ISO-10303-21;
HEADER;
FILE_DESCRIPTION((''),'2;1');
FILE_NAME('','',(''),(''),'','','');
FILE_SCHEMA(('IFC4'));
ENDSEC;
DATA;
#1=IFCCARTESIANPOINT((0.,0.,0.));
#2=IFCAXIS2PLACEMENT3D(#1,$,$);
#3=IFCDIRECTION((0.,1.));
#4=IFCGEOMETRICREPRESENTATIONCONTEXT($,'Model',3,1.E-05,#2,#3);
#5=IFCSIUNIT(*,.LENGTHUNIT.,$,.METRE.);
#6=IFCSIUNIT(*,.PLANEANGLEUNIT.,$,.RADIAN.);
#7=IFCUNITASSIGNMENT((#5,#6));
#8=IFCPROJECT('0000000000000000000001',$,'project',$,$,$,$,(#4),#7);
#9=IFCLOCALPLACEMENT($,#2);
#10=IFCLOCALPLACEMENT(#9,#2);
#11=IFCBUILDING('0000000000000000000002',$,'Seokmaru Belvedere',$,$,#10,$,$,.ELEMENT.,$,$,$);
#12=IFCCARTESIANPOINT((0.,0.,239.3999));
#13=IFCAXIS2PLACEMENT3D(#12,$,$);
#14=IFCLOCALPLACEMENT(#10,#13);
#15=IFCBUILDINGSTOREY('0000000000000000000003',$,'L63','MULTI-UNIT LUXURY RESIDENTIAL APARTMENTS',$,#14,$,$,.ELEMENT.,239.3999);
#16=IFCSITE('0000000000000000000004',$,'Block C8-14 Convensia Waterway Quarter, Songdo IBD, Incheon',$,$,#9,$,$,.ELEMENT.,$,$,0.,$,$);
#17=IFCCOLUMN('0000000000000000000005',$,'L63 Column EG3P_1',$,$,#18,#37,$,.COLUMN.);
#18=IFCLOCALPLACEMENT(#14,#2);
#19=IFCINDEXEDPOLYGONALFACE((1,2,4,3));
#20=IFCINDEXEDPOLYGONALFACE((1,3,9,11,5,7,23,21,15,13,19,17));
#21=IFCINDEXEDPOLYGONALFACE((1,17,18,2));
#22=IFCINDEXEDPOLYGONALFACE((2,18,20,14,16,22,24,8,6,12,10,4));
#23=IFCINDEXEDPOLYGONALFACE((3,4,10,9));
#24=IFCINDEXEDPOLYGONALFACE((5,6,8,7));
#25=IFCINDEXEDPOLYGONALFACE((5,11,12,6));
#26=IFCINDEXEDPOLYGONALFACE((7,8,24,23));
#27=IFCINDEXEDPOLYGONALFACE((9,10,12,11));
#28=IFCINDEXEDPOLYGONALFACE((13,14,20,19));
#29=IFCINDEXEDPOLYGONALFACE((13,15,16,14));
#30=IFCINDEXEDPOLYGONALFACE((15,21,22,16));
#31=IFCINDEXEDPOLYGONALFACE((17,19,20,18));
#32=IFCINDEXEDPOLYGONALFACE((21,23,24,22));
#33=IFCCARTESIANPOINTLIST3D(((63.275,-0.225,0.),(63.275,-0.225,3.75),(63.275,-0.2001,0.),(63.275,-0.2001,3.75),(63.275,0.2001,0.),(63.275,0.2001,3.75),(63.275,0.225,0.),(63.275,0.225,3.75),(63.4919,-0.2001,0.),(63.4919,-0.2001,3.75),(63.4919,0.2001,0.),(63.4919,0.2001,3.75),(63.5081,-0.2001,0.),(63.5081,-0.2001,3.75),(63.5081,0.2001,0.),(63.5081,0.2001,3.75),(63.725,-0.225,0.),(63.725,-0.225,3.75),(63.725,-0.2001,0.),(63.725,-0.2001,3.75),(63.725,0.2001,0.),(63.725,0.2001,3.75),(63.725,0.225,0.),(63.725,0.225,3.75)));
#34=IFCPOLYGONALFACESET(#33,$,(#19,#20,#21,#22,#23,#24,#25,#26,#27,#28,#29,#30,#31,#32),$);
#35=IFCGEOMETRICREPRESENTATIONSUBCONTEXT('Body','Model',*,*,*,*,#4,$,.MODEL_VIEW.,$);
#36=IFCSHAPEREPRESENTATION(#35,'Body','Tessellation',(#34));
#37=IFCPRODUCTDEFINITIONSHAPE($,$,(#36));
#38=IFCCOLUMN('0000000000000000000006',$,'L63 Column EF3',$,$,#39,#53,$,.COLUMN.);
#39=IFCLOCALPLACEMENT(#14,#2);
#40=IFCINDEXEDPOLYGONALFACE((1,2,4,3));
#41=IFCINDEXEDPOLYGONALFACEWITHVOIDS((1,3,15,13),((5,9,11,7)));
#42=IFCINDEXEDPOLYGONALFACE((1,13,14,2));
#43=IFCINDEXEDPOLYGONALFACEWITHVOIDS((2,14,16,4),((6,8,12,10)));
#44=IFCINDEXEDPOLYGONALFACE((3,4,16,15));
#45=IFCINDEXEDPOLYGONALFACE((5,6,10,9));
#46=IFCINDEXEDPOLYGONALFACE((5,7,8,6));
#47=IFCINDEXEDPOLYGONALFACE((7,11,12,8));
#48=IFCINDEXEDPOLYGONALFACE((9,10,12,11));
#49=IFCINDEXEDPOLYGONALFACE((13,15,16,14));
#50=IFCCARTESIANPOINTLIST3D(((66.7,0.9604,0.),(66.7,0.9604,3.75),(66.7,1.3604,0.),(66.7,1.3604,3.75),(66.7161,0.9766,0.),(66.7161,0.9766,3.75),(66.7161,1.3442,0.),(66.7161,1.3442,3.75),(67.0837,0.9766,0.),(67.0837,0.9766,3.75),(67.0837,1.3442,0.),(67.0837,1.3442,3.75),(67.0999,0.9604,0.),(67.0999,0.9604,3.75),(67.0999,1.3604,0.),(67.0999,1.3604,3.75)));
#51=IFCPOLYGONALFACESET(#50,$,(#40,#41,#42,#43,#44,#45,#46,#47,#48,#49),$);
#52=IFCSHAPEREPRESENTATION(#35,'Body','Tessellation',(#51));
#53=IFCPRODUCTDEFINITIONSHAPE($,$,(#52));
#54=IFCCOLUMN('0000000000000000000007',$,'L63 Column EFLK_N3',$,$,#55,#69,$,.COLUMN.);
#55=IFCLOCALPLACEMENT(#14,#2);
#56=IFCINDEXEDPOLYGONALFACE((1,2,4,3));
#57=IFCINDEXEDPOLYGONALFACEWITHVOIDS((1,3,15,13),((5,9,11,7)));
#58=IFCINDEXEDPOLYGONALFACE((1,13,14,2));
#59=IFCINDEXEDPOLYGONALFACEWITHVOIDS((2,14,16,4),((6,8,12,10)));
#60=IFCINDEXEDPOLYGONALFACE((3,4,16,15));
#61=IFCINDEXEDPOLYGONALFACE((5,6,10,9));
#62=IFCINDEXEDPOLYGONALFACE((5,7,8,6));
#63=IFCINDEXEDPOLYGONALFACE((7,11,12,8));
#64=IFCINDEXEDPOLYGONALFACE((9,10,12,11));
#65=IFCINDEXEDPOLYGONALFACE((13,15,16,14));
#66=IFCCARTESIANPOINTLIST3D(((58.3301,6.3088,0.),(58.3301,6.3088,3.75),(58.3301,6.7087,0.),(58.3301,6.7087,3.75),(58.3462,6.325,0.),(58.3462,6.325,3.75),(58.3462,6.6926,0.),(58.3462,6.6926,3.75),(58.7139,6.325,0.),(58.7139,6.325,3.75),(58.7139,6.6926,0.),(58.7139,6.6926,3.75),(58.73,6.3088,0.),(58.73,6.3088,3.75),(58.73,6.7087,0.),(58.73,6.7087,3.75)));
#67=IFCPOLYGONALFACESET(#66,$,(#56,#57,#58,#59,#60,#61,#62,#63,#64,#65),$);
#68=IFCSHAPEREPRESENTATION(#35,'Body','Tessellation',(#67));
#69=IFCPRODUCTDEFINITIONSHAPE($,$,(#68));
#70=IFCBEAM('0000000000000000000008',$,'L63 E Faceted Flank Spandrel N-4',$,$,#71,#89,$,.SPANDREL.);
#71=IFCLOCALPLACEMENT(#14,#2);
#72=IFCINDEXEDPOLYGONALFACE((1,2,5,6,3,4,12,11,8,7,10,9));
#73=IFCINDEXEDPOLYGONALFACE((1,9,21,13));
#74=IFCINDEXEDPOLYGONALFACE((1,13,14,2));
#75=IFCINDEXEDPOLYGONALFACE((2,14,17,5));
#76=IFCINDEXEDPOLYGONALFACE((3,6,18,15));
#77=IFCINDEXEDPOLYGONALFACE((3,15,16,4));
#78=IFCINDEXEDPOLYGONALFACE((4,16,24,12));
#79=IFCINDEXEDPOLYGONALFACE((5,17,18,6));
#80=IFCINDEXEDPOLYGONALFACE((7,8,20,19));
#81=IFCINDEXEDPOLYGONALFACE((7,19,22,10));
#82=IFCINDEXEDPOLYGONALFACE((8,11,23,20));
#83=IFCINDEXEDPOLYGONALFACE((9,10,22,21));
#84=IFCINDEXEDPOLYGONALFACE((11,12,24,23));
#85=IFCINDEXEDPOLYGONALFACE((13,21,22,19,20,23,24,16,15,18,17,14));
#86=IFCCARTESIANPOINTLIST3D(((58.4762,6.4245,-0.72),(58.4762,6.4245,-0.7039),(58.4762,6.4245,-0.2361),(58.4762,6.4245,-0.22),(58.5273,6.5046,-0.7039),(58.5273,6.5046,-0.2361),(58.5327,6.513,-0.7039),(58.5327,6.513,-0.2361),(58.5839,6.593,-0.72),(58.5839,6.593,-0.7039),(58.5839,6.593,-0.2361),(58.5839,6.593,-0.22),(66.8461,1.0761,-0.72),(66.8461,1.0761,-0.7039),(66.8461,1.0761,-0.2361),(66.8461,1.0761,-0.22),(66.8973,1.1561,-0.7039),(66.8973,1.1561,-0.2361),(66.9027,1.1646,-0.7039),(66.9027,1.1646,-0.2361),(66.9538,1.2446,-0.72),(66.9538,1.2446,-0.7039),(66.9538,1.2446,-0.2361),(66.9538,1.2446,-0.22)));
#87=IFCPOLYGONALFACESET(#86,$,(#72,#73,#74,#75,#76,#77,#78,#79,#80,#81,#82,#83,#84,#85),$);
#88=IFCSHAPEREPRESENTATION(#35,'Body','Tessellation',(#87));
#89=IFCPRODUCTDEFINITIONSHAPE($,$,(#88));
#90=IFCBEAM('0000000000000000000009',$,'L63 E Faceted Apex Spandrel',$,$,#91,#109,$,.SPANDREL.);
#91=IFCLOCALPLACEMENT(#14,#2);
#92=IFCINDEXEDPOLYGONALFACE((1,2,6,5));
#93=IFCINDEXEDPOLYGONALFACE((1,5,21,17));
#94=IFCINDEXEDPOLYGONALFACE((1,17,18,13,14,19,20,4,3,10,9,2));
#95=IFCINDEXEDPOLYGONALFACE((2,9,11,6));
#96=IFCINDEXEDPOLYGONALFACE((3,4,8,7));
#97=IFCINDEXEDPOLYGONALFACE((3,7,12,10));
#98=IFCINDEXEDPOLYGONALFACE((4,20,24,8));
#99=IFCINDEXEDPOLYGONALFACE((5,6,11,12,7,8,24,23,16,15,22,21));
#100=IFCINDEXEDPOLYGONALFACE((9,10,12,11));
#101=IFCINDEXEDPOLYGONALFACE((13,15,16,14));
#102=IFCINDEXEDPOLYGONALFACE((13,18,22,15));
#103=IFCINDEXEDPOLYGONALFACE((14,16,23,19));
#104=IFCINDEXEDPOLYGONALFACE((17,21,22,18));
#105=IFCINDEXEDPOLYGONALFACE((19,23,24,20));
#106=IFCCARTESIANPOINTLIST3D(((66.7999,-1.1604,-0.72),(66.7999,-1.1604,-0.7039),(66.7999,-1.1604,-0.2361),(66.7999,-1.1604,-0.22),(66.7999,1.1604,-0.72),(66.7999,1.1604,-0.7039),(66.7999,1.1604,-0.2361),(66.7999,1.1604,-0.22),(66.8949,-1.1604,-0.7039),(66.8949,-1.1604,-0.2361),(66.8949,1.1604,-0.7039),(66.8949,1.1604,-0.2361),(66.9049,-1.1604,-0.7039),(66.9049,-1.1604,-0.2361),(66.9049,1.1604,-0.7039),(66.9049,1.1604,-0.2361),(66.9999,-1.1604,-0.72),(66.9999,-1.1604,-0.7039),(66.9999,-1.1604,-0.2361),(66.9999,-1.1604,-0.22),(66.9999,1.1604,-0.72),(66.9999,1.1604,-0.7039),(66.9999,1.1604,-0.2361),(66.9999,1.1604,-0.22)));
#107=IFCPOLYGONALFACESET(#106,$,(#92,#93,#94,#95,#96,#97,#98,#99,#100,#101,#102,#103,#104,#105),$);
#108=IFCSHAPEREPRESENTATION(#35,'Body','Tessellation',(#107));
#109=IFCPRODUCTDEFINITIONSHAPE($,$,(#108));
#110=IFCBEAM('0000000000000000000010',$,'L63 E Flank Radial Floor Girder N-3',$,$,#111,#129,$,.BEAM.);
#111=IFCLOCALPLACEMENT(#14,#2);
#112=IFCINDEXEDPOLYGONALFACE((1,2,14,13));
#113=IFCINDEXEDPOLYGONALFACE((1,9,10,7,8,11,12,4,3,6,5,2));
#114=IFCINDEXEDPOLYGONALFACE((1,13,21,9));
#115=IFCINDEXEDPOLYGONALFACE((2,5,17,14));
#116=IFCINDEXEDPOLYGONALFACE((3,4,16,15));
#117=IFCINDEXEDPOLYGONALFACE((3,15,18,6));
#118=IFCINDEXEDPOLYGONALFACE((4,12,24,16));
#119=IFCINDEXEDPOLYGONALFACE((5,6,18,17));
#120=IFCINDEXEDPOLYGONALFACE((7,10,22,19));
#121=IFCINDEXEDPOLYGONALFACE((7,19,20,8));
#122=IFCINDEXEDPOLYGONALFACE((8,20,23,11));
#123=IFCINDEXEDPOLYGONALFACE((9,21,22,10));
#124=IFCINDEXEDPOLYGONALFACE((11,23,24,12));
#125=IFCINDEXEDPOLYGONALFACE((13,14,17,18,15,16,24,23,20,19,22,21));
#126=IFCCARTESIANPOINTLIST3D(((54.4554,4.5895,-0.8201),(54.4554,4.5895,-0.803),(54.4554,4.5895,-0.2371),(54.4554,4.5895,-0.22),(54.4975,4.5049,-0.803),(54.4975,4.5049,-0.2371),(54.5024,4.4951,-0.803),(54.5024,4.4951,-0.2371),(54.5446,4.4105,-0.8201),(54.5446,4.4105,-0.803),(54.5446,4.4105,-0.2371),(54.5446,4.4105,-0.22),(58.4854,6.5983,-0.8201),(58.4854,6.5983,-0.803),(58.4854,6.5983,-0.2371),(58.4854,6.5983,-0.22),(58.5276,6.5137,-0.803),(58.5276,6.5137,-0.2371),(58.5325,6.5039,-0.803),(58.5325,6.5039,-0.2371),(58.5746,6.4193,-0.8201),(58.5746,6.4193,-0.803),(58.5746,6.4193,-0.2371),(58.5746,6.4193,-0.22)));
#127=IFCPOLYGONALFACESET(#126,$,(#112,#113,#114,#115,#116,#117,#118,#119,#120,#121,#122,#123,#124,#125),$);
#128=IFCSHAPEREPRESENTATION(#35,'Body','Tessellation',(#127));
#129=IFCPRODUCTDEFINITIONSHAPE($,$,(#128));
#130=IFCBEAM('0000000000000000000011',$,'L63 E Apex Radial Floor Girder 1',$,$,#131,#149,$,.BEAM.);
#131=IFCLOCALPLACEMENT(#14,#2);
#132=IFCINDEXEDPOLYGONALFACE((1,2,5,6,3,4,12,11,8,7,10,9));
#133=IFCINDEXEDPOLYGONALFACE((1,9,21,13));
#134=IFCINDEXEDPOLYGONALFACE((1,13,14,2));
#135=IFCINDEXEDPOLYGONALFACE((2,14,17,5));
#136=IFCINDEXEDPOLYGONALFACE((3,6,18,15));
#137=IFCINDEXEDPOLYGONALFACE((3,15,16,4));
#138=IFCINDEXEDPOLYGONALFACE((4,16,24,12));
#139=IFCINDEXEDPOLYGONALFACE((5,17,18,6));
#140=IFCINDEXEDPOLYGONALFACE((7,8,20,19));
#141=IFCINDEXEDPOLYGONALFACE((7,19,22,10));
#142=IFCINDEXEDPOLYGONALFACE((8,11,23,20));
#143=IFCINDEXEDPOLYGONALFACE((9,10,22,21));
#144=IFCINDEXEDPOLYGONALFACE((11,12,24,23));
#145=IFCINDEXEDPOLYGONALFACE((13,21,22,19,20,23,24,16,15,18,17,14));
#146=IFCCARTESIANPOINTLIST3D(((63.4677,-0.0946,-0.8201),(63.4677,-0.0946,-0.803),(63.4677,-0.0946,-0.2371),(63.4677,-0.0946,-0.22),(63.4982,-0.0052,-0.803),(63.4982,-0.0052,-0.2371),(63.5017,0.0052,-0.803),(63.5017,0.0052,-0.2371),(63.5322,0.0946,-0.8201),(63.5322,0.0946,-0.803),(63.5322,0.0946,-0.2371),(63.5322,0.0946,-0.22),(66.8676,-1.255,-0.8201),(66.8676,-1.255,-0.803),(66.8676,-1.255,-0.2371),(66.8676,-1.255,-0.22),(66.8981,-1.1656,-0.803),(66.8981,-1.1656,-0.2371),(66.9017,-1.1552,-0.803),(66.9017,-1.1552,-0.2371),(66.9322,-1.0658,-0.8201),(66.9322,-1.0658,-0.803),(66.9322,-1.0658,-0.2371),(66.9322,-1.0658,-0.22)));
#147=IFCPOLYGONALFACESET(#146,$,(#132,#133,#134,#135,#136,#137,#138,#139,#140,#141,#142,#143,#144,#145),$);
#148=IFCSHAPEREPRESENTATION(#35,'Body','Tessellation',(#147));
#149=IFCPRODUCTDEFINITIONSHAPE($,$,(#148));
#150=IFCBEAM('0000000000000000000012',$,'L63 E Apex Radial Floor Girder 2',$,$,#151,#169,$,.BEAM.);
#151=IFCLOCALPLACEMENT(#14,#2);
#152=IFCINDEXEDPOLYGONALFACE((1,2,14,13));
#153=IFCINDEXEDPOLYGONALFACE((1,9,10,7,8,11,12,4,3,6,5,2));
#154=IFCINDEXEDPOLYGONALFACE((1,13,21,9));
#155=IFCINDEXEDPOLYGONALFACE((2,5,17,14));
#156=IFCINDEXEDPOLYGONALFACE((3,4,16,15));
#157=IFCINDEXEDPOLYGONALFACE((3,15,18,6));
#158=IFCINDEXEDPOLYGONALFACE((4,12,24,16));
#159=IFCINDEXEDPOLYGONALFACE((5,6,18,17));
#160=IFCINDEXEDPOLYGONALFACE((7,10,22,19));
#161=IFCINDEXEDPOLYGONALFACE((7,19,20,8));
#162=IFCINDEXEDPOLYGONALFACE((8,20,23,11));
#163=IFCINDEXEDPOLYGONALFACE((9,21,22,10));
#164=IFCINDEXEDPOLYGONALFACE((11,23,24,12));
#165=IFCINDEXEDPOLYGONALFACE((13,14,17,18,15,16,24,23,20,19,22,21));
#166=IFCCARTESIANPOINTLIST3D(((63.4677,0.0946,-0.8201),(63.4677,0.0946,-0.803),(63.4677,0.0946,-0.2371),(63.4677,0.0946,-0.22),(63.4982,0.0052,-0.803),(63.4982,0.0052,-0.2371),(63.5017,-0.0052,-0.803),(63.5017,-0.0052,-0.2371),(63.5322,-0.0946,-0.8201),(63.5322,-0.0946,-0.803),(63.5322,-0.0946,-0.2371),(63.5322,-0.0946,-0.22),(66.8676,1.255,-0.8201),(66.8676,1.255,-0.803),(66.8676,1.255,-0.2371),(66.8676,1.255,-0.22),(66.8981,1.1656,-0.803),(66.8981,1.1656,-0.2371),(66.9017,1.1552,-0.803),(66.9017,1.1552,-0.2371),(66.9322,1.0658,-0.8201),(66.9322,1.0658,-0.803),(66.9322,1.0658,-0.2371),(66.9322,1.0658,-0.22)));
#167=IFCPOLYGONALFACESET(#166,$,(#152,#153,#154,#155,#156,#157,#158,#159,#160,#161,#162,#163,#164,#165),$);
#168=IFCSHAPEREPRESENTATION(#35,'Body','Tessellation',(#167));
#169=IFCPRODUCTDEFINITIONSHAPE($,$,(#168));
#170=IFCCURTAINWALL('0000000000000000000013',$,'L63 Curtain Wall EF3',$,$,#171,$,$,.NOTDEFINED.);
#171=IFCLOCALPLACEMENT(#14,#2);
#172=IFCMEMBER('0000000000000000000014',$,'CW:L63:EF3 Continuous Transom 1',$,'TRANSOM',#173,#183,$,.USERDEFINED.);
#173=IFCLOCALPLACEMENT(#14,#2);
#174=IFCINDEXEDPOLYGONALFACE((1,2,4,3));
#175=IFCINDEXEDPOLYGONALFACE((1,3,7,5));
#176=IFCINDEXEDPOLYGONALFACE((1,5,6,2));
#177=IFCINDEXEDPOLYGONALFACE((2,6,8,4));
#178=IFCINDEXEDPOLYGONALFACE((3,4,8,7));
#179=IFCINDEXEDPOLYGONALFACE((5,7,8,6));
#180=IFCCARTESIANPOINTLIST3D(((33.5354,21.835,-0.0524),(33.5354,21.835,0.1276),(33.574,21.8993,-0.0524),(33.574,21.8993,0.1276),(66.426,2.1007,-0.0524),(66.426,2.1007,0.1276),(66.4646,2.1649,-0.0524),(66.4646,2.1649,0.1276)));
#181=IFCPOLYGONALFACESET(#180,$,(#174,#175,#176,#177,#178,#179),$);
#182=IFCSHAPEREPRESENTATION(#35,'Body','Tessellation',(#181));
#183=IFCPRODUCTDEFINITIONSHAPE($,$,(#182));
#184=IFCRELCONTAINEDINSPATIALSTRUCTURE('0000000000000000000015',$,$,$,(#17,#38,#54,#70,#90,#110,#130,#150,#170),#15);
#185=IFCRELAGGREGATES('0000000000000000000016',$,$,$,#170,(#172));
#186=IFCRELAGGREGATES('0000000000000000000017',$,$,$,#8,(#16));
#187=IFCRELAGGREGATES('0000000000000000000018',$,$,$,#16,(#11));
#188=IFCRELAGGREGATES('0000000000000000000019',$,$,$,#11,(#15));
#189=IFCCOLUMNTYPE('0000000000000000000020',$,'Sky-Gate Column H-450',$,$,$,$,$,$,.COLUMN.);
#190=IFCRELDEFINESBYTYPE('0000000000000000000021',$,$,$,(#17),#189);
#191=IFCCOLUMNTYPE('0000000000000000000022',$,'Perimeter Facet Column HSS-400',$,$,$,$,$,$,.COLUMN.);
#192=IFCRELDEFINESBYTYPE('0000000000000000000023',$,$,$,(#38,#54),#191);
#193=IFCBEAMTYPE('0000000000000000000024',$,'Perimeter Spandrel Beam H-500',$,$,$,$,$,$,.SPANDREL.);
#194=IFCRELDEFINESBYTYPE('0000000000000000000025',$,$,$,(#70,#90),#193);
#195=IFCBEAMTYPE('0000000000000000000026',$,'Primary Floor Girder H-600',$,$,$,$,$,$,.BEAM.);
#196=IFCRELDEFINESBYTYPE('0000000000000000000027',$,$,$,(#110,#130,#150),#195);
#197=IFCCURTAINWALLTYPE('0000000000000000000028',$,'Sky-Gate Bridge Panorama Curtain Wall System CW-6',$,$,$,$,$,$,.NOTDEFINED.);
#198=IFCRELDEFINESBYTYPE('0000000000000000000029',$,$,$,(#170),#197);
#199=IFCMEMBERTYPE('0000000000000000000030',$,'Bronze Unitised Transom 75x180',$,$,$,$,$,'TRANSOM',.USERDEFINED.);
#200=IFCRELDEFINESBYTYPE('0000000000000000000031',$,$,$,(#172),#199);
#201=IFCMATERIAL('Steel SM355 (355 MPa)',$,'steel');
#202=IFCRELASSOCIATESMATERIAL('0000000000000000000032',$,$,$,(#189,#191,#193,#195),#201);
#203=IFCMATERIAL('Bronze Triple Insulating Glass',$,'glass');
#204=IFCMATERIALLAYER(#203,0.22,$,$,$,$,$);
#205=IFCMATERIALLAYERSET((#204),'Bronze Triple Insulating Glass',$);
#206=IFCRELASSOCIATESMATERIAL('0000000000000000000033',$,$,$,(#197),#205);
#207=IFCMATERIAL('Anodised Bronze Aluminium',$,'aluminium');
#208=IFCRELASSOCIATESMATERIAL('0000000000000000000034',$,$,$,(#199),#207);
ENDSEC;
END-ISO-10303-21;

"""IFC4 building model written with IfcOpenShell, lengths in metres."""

from ifc_helpers import new_model, si_unit, direction, frame, origin, origin_2d, place, context, subcontext, project, spatial, rectangle, hollow_rectangle, i_section, extrude, source, transform, mapped, material, layer, layer_set, material_profile, profile_set, type_object, type_shapes, element, aggregate, save


model = new_model("IFC4")

# Units and contexts
model_context = context("Model", 3, precision=1e-05, world=origin(), true_north=direction((0.0, 1.0)))
body_context = subcontext(model_context, "Body", "Model", "MODEL_VIEW")
ifc_project = project(units=[si_unit("LENGTHUNIT", "METRE"), si_unit("PLANEANGLEUNIT", "RADIAN")], contexts=[model_context])

# Site, building, storey
site_placement = place(None, origin())
site = spatial("IfcSite", under=ifc_project, at=site_placement, Name="Block C8-14 Convensia Waterway Quarter, Songdo IBD, Incheon", CompositionType="ELEMENT", RefElevation=0.0)
building_placement = place(site_placement, origin())
building = spatial("IfcBuilding", under=site, at=building_placement, Name="Seokmaru Belvedere", CompositionType="ELEMENT")
storey_placement = place(building_placement, frame((0.0, 0.0, 239.3999)))
storey = spatial("IfcBuildingStorey", under=building, at=storey_placement, Name="L63", Description="MULTI-UNIT LUXURY RESIDENTIAL APARTMENTS", CompositionType="ELEMENT", Elevation=239.3999)

# Columns
ifc_material_1 = material(Name="Steel SM355 (355 MPa)", Category="steel")
ifc_material_profile_1 = material_profile(ifc_material_1, i_section(OverallWidth=0.45, OverallDepth=0.45, WebThickness=0.0161, FlangeThickness=0.0249, at=origin_2d()), Name="H-450x450x16x25")
ifc_profile_set_1 = profile_set([ifc_material_profile_1], Name="Steel SM355 (355 MPa)")
column_type_1 = type_object("IfcColumnType", Name="Sky-Gate Column H-450", PredefinedType="COLUMN", material=ifc_profile_set_1)
shared_shape_1 = source(origin(), body_context, "Body", "SweptSolid", [
    extrude(i_section(OverallWidth=0.45, OverallDepth=0.45, WebThickness=0.0161, FlangeThickness=0.0249, at=origin_2d()), origin(), (0.0, 0.0, 1.0), 3.75),
])
type_shapes(column_type_1, [shared_shape_1])
column_placement = place(storey_placement, frame((63.5, 0.0, 0.0), z_axis=(0.0, 0.0, 1.0), x_axis=(1.0, 0.0, 0.0)))
element("IfcColumn", 1, at=column_placement, inside=storey, type_object=column_type_1, Name="L63 Column EG3P_1", PredefinedType="COLUMN", context=body_context, shape_type="MappedRepresentation", body=[
    mapped(shared_shape_1, transform((0.0, 0.0, 0.0), scale=1.0)),
])
ifc_material_profile_2 = material_profile(ifc_material_1, hollow_rectangle(XDim=0.3999, YDim=0.3999, WallThickness=0.0161, at=origin_2d()), Name="HSS-400x400x16")
ifc_profile_set_2 = profile_set([ifc_material_profile_2], Name="Steel SM355 (355 MPa)")
column_type_2 = type_object("IfcColumnType", Name="Perimeter Facet Column HSS-400", PredefinedType="COLUMN", material=ifc_profile_set_2)
shared_shape_2 = source(origin(), body_context, "Body", "SweptSolid", [
    extrude(hollow_rectangle(XDim=0.3999, YDim=0.3999, WallThickness=0.0161, at=origin_2d()), origin(), (0.0, 0.0, 1.0), 3.75),
])
type_shapes(column_type_2, [shared_shape_2])
for number, where, z_axis, x_axis, name in (
    (2, (66.8999, 1.1604, 0.0), (0.0, 0.0, 1.0), (1.0, 0.0, 0.0), "L63 Column EF3"),
    (3, (58.53, 6.5088, 0.0), (0.0, 0.0, 1.0), (1.0, 0.0, 0.0), "L63 Column EFLK_N3"),
):
    element("IfcColumn", number, at=place(storey_placement, frame(where, z_axis=z_axis, x_axis=x_axis)), inside=storey, type_object=column_type_2, Name=name, PredefinedType="COLUMN", context=body_context, shape_type="MappedRepresentation", body=[
        mapped(shared_shape_2, transform((0.0, 0.0, 0.0), scale=1.0)),
    ])

# Beams
ifc_material_profile_3 = material_profile(ifc_material_1, i_section(OverallWidth=0.2, OverallDepth=0.5, WebThickness=0.01, FlangeThickness=0.0161, at=origin_2d()), Name="H-500x200x10x16")
ifc_profile_set_3 = profile_set([ifc_material_profile_3], Name="Steel SM355 (355 MPa)")
beam_type_1 = type_object("IfcBeamType", Name="Perimeter Spandrel Beam H-500", PredefinedType="SPANDREL", material=ifc_profile_set_3)
shared_shape_3 = source(origin(), body_context, "Body", "SweptSolid", [
    extrude(i_section(OverallWidth=0.2, OverallDepth=0.5, WebThickness=0.01, FlangeThickness=0.0161, at=origin_2d()), origin(), (0.0, 0.0, 1.0), 9.9329),
])
beam_1_placement = place(storey_placement, frame((58.53, 6.5088, -0.47), z_axis=(0.842652, -0.538459, 0.0), x_axis=(0.538459, 0.842652, 0.0)))
element("IfcBeam", 4, at=beam_1_placement, inside=storey, type_object=beam_type_1, Name="L63 E Faceted Flank Spandrel N-4", PredefinedType="SPANDREL", context=body_context, shape_type="MappedRepresentation", body=[
    mapped(shared_shape_3, transform((0.0, 0.0, 0.0), scale=1.0)),
])
shared_shape_4 = source(origin(), body_context, "Body", "SweptSolid", [
    extrude(i_section(OverallWidth=0.2, OverallDepth=0.5, WebThickness=0.01, FlangeThickness=0.0161, at=origin_2d()), origin(), (0.0, 0.0, 1.0), 2.3208),
])
type_shapes(beam_type_1, [shared_shape_3, shared_shape_4])
beam_2_placement = place(storey_placement, frame((66.8999, -1.1604, -0.47), z_axis=(0.0, 1.0, 0.0), x_axis=(-1.0, 0.0, 0.0)))
element("IfcBeam", 5, at=beam_2_placement, inside=storey, type_object=beam_type_1, Name="L63 E Faceted Apex Spandrel", PredefinedType="SPANDREL", context=body_context, shape_type="MappedRepresentation", body=[
    mapped(shared_shape_4, transform((0.0, 0.0, 0.0), scale=1.0)),
])
ifc_material_profile_4 = material_profile(ifc_material_1, i_section(OverallWidth=0.2, OverallDepth=0.6001, WebThickness=0.011, FlangeThickness=0.0171, at=origin_2d()), Name="H-600x200x11x17")
ifc_profile_set_4 = profile_set([ifc_material_profile_4], Name="Steel SM355 (355 MPa)")
beam_type_2 = type_object("IfcBeamType", Name="Primary Floor Girder H-600", PredefinedType="BEAM", material=ifc_profile_set_4)
shared_shape_5 = source(origin(), body_context, "Body", "SweptSolid", [
    extrude(i_section(OverallWidth=0.2, OverallDepth=0.6001, WebThickness=0.011, FlangeThickness=0.0171, at=origin_2d()), origin(), (0.0, 0.0, 1.0), 4.5029),
])
beam_3_placement = place(storey_placement, frame((58.53, 6.5088, -0.52), z_axis=(-0.89498, -0.446107, 0.0), x_axis=(0.446107, -0.89498, 0.0)))
element("IfcBeam", 6, at=beam_3_placement, inside=storey, type_object=beam_type_2, Name="L63 E Flank Radial Floor Girder N-3", PredefinedType="BEAM", context=body_context, shape_type="MappedRepresentation", body=[
    mapped(shared_shape_5, transform((0.0, 0.0, 0.0), scale=1.0)),
])
shared_shape_6 = source(origin(), body_context, "Body", "SweptSolid", [
    extrude(i_section(OverallWidth=0.2, OverallDepth=0.6001, WebThickness=0.011, FlangeThickness=0.0171, at=origin_2d()), origin(), (0.0, 0.0, 1.0), 3.5925),
])
type_shapes(beam_type_2, [shared_shape_5, shared_shape_6])
for number, where, z_axis, x_axis, name in (
    (7, (66.8999, -1.1604, -0.52), (-0.946396, 0.323009, 0.0), (-0.323009, -0.946396, 0.0), "L63 E Apex Radial Floor Girder 1"),
    (8, (66.8999, 1.1604, -0.52), (-0.946396, -0.323009, 0.0), (0.323009, -0.946396, 0.0), "L63 E Apex Radial Floor Girder 2"),
):
    element("IfcBeam", number, at=place(storey_placement, frame(where, z_axis=z_axis, x_axis=x_axis)), inside=storey, type_object=beam_type_2, Name=name, PredefinedType="BEAM", context=body_context, shape_type="MappedRepresentation", body=[
        mapped(shared_shape_6, transform((0.0, 0.0, 0.0), scale=1.0)),
    ])

# Curtain wall, member
ifc_material_2 = material(Name="Bronze Triple Insulating Glass", Category="glass")
ifc_layer_1 = layer(ifc_material_2, 0.22)
ifc_layer_set_1 = layer_set([ifc_layer_1], Name="Bronze Triple Insulating Glass")
curtain_wall_type = type_object("IfcCurtainWallType", Name="Sky-Gate Bridge Panorama Curtain Wall System CW-6", PredefinedType="NOTDEFINED", material=ifc_layer_set_1)
curtain_wall_1_placement = place(storey_placement, origin())
curtain_wall_1 = element("IfcCurtainWall", 9, at=curtain_wall_1_placement, inside=storey, type_object=curtain_wall_type, Name="L63 Curtain Wall EF3", PredefinedType="NOTDEFINED")
ifc_material_3 = material(Name="Anodised Bronze Aluminium", Category="aluminium")
ifc_material_profile_5 = material_profile(ifc_material_3, rectangle(XDim=0.075, YDim=0.1799, at=origin_2d()), Name="CW-T-75x180")
ifc_profile_set_5 = profile_set([ifc_material_profile_5], Name="Anodised Bronze Aluminium")
member_type_1 = type_object("IfcMemberType", Name="Bronze Unitised Transom 75x180", ElementType="TRANSOM", PredefinedType="USERDEFINED", material=ifc_profile_set_5)
shared_shape_7 = source(origin(), body_context, "Body", "SweptSolid", [
    extrude(rectangle(XDim=0.075, YDim=0.1799, at=origin_2d()), origin(), (0.0, 0.0, 1.0), 38.3567),
])
member_1_placement = place(storey_placement, frame((66.4453, 2.1328, 0.0376), z_axis=(-0.857493, 0.514496, 0.0), x_axis=(-0.514496, -0.857493, 0.0)))
member_1 = element("IfcMember", 10, at=member_1_placement, type_object=member_type_1, Name="CW:L63:EF3 Continuous Transom 1", ObjectType="TRANSOM", PredefinedType="USERDEFINED", context=body_context, shape_type="MappedRepresentation", body=[
    mapped(shared_shape_7, transform((0.0, 0.0, 0.0), scale=1.0)),
])

aggregate(curtain_wall_1, [member_1])

save(model, "model.ifc")
